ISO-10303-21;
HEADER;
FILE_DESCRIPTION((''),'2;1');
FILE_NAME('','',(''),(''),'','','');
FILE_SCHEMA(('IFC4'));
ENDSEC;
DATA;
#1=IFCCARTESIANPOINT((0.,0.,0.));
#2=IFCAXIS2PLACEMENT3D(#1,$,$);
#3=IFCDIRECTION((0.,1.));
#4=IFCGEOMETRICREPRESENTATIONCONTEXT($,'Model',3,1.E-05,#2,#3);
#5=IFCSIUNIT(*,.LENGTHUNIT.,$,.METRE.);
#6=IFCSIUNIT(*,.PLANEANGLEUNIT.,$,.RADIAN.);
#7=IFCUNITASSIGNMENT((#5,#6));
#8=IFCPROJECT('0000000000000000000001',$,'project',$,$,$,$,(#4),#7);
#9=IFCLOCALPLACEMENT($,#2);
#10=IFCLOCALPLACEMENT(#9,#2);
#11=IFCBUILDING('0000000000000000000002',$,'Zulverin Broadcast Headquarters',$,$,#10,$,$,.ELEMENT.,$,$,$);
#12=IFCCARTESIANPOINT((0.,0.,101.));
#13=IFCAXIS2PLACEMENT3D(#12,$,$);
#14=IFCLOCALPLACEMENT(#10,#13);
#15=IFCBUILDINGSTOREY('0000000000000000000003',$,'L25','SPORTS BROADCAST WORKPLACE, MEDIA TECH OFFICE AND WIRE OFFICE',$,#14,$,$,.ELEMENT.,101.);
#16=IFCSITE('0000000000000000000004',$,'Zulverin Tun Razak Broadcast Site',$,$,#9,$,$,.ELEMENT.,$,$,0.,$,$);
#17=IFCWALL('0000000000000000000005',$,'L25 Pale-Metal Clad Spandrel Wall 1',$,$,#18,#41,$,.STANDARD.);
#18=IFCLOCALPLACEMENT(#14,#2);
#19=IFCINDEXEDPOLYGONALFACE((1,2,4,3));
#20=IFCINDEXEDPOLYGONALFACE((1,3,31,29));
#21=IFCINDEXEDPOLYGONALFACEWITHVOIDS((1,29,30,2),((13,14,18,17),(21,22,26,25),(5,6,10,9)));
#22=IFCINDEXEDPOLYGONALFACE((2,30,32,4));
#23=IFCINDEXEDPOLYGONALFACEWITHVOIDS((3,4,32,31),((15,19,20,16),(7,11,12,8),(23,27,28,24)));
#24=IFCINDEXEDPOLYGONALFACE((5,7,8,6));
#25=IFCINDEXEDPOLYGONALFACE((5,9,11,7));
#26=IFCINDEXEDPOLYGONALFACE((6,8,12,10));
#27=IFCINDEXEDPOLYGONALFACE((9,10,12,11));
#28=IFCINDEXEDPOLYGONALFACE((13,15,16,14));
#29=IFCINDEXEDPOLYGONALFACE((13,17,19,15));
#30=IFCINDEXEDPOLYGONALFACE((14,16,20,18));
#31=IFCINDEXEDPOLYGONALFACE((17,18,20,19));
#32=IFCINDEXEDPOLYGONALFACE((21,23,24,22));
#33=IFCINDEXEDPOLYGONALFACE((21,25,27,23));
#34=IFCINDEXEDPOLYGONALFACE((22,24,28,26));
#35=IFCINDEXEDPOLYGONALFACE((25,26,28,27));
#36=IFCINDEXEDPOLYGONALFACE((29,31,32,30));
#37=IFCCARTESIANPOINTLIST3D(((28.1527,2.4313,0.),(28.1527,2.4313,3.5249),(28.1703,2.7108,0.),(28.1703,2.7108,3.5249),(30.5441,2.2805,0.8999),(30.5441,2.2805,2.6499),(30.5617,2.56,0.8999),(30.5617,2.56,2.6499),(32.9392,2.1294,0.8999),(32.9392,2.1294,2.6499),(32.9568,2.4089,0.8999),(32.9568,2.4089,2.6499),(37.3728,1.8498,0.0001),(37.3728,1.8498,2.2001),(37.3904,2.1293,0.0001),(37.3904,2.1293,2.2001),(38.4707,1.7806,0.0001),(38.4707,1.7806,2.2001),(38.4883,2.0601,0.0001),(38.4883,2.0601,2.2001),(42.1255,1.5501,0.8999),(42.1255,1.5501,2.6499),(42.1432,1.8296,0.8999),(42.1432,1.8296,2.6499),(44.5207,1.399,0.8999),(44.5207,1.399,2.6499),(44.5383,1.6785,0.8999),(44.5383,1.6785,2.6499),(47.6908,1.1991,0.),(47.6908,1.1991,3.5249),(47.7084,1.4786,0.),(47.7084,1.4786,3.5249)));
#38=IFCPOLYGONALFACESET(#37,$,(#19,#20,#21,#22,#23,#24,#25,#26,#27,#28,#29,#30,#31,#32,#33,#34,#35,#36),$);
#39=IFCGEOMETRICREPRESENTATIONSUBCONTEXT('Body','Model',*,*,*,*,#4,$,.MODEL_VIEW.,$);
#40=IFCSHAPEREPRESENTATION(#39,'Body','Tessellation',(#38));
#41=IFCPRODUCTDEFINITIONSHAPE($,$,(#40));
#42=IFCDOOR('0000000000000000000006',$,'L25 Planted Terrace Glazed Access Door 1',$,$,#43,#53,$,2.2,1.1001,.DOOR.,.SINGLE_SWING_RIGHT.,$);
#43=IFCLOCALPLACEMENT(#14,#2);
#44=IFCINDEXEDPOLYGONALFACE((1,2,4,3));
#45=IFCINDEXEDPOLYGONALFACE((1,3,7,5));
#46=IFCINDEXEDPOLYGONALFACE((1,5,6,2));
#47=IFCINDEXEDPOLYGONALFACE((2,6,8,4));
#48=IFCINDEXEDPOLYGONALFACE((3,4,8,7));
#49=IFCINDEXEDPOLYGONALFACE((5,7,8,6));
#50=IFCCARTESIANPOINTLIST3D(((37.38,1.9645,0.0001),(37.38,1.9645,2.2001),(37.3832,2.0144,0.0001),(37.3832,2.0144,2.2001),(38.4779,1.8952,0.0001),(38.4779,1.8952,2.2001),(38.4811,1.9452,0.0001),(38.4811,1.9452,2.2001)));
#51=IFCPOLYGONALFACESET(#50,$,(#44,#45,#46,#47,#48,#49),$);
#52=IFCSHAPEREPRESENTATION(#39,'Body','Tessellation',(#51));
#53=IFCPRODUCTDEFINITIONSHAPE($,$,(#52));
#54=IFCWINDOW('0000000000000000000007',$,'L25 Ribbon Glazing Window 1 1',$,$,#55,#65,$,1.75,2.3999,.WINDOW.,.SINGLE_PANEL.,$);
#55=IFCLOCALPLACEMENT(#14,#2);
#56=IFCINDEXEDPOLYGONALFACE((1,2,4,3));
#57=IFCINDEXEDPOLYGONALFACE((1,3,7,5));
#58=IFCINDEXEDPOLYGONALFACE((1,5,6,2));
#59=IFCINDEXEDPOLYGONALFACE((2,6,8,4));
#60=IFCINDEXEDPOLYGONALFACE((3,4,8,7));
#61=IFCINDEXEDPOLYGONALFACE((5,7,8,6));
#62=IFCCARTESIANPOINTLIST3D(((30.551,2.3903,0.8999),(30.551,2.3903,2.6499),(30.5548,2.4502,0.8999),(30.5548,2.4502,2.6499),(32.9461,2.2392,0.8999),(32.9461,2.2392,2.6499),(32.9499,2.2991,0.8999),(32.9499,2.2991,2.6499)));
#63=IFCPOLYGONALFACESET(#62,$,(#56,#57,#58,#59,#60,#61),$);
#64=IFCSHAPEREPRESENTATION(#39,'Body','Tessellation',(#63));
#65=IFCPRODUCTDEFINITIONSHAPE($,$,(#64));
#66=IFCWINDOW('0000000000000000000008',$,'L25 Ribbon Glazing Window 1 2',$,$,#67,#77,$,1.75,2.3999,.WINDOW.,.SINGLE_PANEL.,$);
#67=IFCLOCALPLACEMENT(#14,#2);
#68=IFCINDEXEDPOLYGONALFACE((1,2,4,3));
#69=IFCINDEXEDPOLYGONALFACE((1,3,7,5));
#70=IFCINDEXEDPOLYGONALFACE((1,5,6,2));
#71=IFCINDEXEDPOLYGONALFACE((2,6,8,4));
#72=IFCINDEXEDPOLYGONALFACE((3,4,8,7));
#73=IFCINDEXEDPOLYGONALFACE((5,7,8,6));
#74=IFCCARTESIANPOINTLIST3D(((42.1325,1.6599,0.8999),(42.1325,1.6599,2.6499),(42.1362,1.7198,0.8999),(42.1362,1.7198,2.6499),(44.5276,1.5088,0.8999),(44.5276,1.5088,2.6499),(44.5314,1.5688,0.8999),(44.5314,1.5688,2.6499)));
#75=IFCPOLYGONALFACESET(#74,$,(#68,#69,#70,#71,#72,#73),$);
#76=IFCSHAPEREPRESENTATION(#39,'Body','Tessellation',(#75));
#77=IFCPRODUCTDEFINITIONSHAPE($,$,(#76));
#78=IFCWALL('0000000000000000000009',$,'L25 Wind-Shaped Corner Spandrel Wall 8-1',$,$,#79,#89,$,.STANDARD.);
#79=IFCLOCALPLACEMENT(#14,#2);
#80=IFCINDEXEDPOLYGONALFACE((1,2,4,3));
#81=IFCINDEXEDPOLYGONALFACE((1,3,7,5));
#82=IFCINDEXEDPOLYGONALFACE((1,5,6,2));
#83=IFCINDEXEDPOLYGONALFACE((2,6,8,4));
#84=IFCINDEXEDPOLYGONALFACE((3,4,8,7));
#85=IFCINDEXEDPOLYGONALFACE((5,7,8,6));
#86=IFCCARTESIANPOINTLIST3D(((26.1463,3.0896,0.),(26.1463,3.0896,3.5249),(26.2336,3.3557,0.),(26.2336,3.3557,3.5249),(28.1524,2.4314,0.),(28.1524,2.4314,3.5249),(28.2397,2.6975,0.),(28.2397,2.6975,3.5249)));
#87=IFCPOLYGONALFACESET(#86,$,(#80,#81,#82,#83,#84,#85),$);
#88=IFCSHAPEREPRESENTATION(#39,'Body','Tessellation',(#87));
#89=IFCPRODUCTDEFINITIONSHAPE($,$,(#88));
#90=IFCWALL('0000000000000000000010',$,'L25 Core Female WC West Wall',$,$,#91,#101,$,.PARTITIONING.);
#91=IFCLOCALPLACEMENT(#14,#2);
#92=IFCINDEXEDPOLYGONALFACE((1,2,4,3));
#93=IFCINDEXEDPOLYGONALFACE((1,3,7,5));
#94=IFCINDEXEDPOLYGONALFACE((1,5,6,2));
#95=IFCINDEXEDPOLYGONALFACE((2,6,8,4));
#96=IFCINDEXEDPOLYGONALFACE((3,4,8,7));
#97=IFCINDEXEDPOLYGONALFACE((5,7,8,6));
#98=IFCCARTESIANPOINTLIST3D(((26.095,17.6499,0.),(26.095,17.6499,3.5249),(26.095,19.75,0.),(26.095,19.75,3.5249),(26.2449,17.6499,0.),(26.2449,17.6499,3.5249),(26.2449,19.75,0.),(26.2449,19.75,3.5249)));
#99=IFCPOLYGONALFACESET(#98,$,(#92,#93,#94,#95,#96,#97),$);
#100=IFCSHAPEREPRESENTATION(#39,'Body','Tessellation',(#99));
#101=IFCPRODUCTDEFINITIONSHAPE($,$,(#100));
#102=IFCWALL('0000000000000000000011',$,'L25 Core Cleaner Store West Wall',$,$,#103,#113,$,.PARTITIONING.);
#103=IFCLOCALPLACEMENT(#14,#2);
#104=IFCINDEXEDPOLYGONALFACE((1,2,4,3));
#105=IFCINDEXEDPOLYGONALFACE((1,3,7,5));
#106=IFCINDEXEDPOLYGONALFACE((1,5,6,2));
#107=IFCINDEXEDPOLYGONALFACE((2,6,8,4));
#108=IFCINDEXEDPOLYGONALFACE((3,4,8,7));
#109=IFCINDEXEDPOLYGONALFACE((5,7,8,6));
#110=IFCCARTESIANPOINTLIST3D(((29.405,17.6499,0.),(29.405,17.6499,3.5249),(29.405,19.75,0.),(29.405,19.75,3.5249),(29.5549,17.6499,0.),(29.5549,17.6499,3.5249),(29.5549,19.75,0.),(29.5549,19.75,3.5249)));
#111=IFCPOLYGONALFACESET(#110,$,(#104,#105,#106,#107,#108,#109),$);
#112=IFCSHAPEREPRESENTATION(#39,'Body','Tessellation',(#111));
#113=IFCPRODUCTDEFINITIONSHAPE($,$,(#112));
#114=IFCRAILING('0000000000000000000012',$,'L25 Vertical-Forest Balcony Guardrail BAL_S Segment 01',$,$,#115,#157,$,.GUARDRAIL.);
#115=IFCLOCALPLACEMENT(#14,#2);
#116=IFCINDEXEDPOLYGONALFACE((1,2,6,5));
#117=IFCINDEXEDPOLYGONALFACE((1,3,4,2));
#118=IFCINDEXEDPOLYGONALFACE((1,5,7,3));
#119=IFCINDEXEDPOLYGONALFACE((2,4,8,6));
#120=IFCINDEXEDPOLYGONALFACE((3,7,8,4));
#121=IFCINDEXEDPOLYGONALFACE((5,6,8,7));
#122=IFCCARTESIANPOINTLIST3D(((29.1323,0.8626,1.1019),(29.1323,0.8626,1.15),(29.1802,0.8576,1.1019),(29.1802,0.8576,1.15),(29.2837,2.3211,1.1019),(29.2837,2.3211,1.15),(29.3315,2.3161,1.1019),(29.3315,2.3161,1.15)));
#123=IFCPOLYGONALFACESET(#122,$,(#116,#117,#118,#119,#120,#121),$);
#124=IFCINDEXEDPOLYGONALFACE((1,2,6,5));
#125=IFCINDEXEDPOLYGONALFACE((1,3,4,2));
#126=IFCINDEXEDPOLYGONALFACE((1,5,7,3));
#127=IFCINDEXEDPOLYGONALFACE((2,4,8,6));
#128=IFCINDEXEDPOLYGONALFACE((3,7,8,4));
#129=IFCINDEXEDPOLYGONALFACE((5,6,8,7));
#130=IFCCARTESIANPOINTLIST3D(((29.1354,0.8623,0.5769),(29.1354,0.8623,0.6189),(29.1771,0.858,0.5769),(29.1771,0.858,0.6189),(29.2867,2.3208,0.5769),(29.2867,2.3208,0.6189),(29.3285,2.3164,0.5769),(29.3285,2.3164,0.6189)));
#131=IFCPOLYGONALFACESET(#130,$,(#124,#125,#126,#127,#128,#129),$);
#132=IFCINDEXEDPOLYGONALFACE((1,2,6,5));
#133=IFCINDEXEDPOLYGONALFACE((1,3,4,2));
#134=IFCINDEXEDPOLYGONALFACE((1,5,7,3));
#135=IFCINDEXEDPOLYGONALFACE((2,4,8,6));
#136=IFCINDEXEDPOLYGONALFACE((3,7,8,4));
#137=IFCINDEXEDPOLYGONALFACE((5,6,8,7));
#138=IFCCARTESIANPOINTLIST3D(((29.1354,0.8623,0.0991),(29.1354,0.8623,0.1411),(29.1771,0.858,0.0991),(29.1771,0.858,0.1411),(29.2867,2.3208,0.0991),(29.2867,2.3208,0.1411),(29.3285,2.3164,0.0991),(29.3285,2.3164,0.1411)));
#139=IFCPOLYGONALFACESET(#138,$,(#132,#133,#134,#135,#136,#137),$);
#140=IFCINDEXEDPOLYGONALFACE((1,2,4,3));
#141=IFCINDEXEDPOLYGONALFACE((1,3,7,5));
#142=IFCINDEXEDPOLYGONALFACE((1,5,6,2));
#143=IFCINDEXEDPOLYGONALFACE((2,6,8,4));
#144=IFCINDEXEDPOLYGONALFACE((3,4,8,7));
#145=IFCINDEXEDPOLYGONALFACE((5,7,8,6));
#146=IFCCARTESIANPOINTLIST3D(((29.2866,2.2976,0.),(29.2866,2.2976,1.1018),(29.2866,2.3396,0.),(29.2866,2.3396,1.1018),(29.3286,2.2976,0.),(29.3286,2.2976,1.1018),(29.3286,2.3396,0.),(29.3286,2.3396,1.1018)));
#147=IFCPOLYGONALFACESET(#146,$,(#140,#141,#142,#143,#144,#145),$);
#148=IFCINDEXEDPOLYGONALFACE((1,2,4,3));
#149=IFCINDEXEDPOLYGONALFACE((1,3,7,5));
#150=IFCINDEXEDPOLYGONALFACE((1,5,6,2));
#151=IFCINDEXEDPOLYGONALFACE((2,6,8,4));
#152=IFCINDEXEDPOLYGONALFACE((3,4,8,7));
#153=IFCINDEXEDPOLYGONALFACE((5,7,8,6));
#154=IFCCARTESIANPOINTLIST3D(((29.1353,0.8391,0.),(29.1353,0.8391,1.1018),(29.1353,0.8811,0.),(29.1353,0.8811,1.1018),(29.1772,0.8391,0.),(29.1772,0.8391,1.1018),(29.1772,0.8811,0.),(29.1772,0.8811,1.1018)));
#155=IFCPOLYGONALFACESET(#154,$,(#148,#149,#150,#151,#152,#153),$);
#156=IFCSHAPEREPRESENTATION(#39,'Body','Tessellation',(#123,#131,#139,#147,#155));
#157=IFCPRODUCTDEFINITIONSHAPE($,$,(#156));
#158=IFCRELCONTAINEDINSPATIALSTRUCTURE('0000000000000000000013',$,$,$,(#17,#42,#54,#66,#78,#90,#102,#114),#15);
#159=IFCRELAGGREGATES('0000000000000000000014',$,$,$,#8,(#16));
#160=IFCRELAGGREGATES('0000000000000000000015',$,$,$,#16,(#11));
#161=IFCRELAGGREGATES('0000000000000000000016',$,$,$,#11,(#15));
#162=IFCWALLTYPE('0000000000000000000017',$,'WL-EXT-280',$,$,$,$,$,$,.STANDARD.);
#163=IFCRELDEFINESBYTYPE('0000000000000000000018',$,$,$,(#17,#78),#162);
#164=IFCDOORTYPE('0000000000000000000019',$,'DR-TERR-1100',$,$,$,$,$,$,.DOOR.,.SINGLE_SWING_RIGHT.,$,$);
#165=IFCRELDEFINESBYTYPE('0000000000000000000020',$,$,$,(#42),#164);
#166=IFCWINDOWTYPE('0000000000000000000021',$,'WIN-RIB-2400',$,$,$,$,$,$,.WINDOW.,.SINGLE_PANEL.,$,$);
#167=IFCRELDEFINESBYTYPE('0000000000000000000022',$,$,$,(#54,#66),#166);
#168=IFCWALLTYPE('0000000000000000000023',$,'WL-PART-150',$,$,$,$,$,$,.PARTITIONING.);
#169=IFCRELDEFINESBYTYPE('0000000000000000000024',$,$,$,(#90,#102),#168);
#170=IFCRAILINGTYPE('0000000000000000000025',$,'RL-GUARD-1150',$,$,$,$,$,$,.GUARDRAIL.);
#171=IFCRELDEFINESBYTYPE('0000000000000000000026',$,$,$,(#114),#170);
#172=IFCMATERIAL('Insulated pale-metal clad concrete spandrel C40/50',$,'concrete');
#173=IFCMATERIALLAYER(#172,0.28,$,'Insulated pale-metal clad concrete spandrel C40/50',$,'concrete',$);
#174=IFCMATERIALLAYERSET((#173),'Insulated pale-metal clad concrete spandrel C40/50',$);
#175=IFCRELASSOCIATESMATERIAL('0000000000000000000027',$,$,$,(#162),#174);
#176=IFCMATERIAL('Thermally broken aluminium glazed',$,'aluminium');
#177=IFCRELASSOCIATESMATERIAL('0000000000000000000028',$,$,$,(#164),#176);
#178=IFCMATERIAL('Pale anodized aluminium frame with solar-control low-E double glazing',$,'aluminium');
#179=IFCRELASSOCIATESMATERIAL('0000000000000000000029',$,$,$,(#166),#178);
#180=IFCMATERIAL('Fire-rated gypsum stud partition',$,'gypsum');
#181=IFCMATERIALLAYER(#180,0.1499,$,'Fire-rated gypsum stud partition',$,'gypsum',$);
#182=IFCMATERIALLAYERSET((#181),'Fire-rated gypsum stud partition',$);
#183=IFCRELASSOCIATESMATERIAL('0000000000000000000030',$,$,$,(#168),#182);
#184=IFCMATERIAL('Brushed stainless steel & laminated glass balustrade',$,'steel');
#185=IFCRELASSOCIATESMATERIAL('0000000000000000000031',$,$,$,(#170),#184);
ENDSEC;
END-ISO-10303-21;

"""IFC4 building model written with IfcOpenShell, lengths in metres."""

from ifc_helpers import new_model, si_unit, direction, frame, frame_2d, origin, origin_2d, place, context, subcontext, project, spatial, rectangle, extrude, material, layer, layer_set, type_object, element, fill, save


model = new_model("IFC4")

# Units and contexts
model_context = context("Model", 3, precision=1e-05, world=origin(), true_north=direction((0.0, 1.0)))
body_context = subcontext(model_context, "Body", "Model", "MODEL_VIEW")
ifc_project = project(units=[si_unit("LENGTHUNIT", "METRE"), si_unit("PLANEANGLEUNIT", "RADIAN")], contexts=[model_context])

# Site, building, storey
site_placement = place(None, origin())
site = spatial("IfcSite", under=ifc_project, at=site_placement, Name="Zulverin Tun Razak Broadcast Site", CompositionType="ELEMENT", RefElevation=0.0)
building_placement = place(site_placement, origin())
building = spatial("IfcBuilding", under=site, at=building_placement, Name="Zulverin Broadcast Headquarters", CompositionType="ELEMENT")
storey_placement = place(building_placement, frame((0.0, 0.0, 101.0)))
storey = spatial("IfcBuildingStorey", under=building, at=storey_placement, Name="L25", Description="SPORTS BROADCAST WORKPLACE, MEDIA TECH OFFICE AND WIRE OFFICE", CompositionType="ELEMENT", Elevation=101.0)

# Wall, openings, door, windows
ifc_material_1 = material(Name="Insulated pale-metal clad concrete spandrel C40/50", Category="concrete")
ifc_layer_1 = layer(ifc_material_1, 0.28, Name="Insulated pale-metal clad concrete spandrel C40/50", Category="concrete")
ifc_layer_set_1 = layer_set([ifc_layer_1], Name="Insulated pale-metal clad concrete spandrel C40/50")
wall_type_1 = type_object("IfcWallType", Name="WL-EXT-280", PredefinedType="STANDARD", material=ifc_layer_set_1)
wall_1_placement = place(storey_placement, frame((28.1614, 2.571, 0.0), z_axis=(0.0, 0.0, 1.0), x_axis=(0.998017, -0.06294, 0.0)))
wall_1 = element("IfcWall", 1, at=wall_1_placement, inside=storey, type_object=wall_type_1, Name="L25 Pale-Metal Clad Spandrel Wall 1", PredefinedType="STANDARD", context=body_context, shape_type="SweptSolid", body=[
    extrude(rectangle(XDim=19.5769, YDim=0.28, at=frame_2d((9.7886, 0.0))), origin(), (0.0, 0.0, 1.0), 3.5249),
])
opening_1_placement = place(wall_1_placement, frame((9.2385, 0.0, 0.0)))
opening_1 = element("IfcOpeningElement", 2, at=opening_1_placement, cuts=wall_1, PredefinedType="OPENING", context=body_context, shape_type="SweptSolid", body=[
    extrude(rectangle(XDim=1.1001, YDim=2.2, at=frame_2d((0.55, 1.1001))), frame((0.0, 0.1499, 0.0), z_axis=(0.0, -1.0, 0.0), x_axis=(1.0, 0.0, 0.0)), (0.0, 0.0, 1.0), 0.3),
])
opening_2_placement = place(wall_1_placement, frame((2.3962, 0.0, 0.8999)))
opening_2 = element("IfcOpeningElement", 3, at=opening_2_placement, cuts=wall_1, PredefinedType="OPENING", context=body_context, shape_type="SweptSolid", body=[
    extrude(rectangle(XDim=2.3999, YDim=1.75, at=frame_2d((1.2, 0.875))), frame((0.0, 0.1499, 0.0), z_axis=(0.0, -1.0, 0.0), x_axis=(1.0, 0.0, 0.0)), (0.0, 0.0, 1.0), 0.3),
])
opening_3_placement = place(wall_1_placement, frame((14.0007, 0.0, 0.8999)))
opening_3 = element("IfcOpeningElement", 4, at=opening_3_placement, cuts=wall_1, PredefinedType="OPENING", context=body_context, shape_type="SweptSolid", body=[
    extrude(rectangle(XDim=2.3999, YDim=1.75, at=frame_2d((1.2, 0.875))), frame((0.0, 0.1499, 0.0), z_axis=(0.0, -1.0, 0.0), x_axis=(1.0, 0.0, 0.0)), (0.0, 0.0, 1.0), 0.3),
])
ifc_material_2 = material(Name="Thermally broken aluminium glazed", Category="aluminium")
door_type = type_object("IfcDoorType", Name="DR-TERR-1100", OperationType="SINGLE_SWING_RIGHT", PredefinedType="DOOR", material=ifc_material_2)
door_placement = place(opening_1_placement, origin())
door = element("IfcDoor", 5, at=door_placement, inside=storey, type_object=door_type, Name="L25 Planted Terrace Glazed Access Door 1", OperationType="SINGLE_SWING_RIGHT", OverallHeight=2.2, OverallWidth=1.1001, PredefinedType="DOOR", context=body_context, shape_type="SweptSolid", body=[
    extrude(rectangle(XDim=1.1001, YDim=2.2, at=frame_2d((0.55, 1.1001))), frame((0.0, 0.0249, 0.0), z_axis=(0.0, -1.0, 0.0), x_axis=(1.0, 0.0, 0.0)), (0.0, 0.0, 1.0), 0.05),
])
fill(opening_1, door)
ifc_material_3 = material(Name="Pale anodized aluminium frame with solar-control low-E double glazing", Category="aluminium")
window_type = type_object("IfcWindowType", Name="WIN-RIB-2400", PartitioningType="SINGLE_PANEL", PredefinedType="WINDOW", material=ifc_material_3)
window_1_placement = place(opening_2_placement, origin())
window_1 = element("IfcWindow", 6, at=window_1_placement, inside=storey, type_object=window_type, Name="L25 Ribbon Glazing Window 1 1", OverallHeight=1.75, OverallWidth=2.3999, PartitioningType="SINGLE_PANEL", PredefinedType="WINDOW", context=body_context, shape_type="SweptSolid", body=[
    extrude(rectangle(XDim=2.3999, YDim=1.75, at=frame_2d((1.2, 0.875))), frame((0.0, 0.03, 0.0), z_axis=(0.0, -1.0, 0.0), x_axis=(1.0, 0.0, 0.0)), (0.0, 0.0, 1.0), 0.0601),
])
fill(opening_2, window_1)
window_2_placement = place(opening_3_placement, origin())
window_2 = element("IfcWindow", 7, at=window_2_placement, inside=storey, type_object=window_type, Name="L25 Ribbon Glazing Window 1 2", OverallHeight=1.75, OverallWidth=2.3999, PartitioningType="SINGLE_PANEL", PredefinedType="WINDOW", context=body_context, shape_type="SweptSolid", body=[
    extrude(rectangle(XDim=2.3999, YDim=1.75, at=frame_2d((1.2, 0.875))), frame((0.0, 0.03, 0.0), z_axis=(0.0, -1.0, 0.0), x_axis=(1.0, 0.0, 0.0)), (0.0, 0.0, 1.0), 0.0601),
])
fill(opening_3, window_2)

# Walls
wall_2_placement = place(storey_placement, frame((26.1899, 3.2227, 0.0), z_axis=(0.0, 0.0, 1.0), x_axis=(0.950164, -0.311749, 0.0)))
element("IfcWall", 8, at=wall_2_placement, inside=storey, type_object=wall_type_1, Name="L25 Wind-Shaped Corner Spandrel Wall 8-1", PredefinedType="STANDARD", context=body_context, shape_type="SweptSolid", body=[
    extrude(rectangle(XDim=2.1113, YDim=0.28, at=frame_2d((1.0557, 0.0))), origin(), (0.0, 0.0, 1.0), 3.5249),
])
ifc_material_4 = material(Name="Fire-rated gypsum stud partition", Category="gypsum")
ifc_layer_2 = layer(ifc_material_4, 0.1499, Name="Fire-rated gypsum stud partition", Category="gypsum")
ifc_layer_set_2 = layer_set([ifc_layer_2], Name="Fire-rated gypsum stud partition")
wall_type_2 = type_object("IfcWallType", Name="WL-PART-150", PredefinedType="PARTITIONING", material=ifc_layer_set_2)
for number, where, z_axis, x_axis, name in (
    (9, (26.1699, 17.6499, 0.0), (0.0, 0.0, 1.0), (0.0, 1.0, 0.0), "L25 Core Female WC West Wall"),
    (10, (29.48, 17.6499, 0.0), (0.0, 0.0, 1.0), (0.0, 1.0, 0.0), "L25 Core Cleaner Store West Wall"),
):
    element("IfcWall", number, at=place(storey_placement, frame(where, z_axis=z_axis, x_axis=x_axis)), inside=storey, type_object=wall_type_2, Name=name, PredefinedType="PARTITIONING", context=body_context, shape_type="SweptSolid", body=[
        extrude(rectangle(XDim=2.1001, YDim=0.1499, at=frame_2d((1.05, 0.0))), origin(), (0.0, 0.0, 1.0), 3.5249),
    ])

# Railing
ifc_material_5 = material(Name="Brushed stainless steel & laminated glass balustrade", Category="steel")
railing_type = type_object("IfcRailingType", Name="RL-GUARD-1150", PredefinedType="GUARDRAIL", material=ifc_material_5)
railing_1_placement = place(storey_placement, frame((29.3076, 2.3186, 0.0)))
element("IfcRailing", 11, at=railing_1_placement, inside=storey, type_object=railing_type, Name="L25 Vertical-Forest Balcony Guardrail BAL_S Segment 01", PredefinedType="GUARDRAIL", context=body_context, shape_type="SweptSolid", body=[
    extrude(rectangle(XDim=0.0481, YDim=0.0481, at=origin_2d()), frame((0.0, 0.0, 1.126), z_axis=(-0.103229, -0.994658, 0.0), x_axis=(0.994658, -0.103229, 0.0)), (0.0, 0.0, 1.0), 1.4663),
    extrude(rectangle(XDim=0.042, YDim=0.042, at=origin_2d()), frame((0.0, 0.0, 0.5979), z_axis=(-0.103229, -0.994658, 0.0), x_axis=(0.994658, -0.103229, 0.0)), (0.0, 0.0, 1.0), 1.4663),
    extrude(rectangle(XDim=0.042, YDim=0.042, at=origin_2d()), frame((0.0, 0.0, 0.1201), z_axis=(-0.103229, -0.994658, 0.0), x_axis=(0.994658, -0.103229, 0.0)), (0.0, 0.0, 1.0), 1.4663),
    extrude(rectangle(XDim=0.042, YDim=0.042, at=origin_2d()), origin(), (0.0, 0.0, 1.0), 1.1018),
    extrude(rectangle(XDim=0.042, YDim=0.042, at=origin_2d()), frame((-0.1514, -1.4585, 0.0)), (0.0, 0.0, 1.0), 1.1018),
])

save(model, "model.ifc")
